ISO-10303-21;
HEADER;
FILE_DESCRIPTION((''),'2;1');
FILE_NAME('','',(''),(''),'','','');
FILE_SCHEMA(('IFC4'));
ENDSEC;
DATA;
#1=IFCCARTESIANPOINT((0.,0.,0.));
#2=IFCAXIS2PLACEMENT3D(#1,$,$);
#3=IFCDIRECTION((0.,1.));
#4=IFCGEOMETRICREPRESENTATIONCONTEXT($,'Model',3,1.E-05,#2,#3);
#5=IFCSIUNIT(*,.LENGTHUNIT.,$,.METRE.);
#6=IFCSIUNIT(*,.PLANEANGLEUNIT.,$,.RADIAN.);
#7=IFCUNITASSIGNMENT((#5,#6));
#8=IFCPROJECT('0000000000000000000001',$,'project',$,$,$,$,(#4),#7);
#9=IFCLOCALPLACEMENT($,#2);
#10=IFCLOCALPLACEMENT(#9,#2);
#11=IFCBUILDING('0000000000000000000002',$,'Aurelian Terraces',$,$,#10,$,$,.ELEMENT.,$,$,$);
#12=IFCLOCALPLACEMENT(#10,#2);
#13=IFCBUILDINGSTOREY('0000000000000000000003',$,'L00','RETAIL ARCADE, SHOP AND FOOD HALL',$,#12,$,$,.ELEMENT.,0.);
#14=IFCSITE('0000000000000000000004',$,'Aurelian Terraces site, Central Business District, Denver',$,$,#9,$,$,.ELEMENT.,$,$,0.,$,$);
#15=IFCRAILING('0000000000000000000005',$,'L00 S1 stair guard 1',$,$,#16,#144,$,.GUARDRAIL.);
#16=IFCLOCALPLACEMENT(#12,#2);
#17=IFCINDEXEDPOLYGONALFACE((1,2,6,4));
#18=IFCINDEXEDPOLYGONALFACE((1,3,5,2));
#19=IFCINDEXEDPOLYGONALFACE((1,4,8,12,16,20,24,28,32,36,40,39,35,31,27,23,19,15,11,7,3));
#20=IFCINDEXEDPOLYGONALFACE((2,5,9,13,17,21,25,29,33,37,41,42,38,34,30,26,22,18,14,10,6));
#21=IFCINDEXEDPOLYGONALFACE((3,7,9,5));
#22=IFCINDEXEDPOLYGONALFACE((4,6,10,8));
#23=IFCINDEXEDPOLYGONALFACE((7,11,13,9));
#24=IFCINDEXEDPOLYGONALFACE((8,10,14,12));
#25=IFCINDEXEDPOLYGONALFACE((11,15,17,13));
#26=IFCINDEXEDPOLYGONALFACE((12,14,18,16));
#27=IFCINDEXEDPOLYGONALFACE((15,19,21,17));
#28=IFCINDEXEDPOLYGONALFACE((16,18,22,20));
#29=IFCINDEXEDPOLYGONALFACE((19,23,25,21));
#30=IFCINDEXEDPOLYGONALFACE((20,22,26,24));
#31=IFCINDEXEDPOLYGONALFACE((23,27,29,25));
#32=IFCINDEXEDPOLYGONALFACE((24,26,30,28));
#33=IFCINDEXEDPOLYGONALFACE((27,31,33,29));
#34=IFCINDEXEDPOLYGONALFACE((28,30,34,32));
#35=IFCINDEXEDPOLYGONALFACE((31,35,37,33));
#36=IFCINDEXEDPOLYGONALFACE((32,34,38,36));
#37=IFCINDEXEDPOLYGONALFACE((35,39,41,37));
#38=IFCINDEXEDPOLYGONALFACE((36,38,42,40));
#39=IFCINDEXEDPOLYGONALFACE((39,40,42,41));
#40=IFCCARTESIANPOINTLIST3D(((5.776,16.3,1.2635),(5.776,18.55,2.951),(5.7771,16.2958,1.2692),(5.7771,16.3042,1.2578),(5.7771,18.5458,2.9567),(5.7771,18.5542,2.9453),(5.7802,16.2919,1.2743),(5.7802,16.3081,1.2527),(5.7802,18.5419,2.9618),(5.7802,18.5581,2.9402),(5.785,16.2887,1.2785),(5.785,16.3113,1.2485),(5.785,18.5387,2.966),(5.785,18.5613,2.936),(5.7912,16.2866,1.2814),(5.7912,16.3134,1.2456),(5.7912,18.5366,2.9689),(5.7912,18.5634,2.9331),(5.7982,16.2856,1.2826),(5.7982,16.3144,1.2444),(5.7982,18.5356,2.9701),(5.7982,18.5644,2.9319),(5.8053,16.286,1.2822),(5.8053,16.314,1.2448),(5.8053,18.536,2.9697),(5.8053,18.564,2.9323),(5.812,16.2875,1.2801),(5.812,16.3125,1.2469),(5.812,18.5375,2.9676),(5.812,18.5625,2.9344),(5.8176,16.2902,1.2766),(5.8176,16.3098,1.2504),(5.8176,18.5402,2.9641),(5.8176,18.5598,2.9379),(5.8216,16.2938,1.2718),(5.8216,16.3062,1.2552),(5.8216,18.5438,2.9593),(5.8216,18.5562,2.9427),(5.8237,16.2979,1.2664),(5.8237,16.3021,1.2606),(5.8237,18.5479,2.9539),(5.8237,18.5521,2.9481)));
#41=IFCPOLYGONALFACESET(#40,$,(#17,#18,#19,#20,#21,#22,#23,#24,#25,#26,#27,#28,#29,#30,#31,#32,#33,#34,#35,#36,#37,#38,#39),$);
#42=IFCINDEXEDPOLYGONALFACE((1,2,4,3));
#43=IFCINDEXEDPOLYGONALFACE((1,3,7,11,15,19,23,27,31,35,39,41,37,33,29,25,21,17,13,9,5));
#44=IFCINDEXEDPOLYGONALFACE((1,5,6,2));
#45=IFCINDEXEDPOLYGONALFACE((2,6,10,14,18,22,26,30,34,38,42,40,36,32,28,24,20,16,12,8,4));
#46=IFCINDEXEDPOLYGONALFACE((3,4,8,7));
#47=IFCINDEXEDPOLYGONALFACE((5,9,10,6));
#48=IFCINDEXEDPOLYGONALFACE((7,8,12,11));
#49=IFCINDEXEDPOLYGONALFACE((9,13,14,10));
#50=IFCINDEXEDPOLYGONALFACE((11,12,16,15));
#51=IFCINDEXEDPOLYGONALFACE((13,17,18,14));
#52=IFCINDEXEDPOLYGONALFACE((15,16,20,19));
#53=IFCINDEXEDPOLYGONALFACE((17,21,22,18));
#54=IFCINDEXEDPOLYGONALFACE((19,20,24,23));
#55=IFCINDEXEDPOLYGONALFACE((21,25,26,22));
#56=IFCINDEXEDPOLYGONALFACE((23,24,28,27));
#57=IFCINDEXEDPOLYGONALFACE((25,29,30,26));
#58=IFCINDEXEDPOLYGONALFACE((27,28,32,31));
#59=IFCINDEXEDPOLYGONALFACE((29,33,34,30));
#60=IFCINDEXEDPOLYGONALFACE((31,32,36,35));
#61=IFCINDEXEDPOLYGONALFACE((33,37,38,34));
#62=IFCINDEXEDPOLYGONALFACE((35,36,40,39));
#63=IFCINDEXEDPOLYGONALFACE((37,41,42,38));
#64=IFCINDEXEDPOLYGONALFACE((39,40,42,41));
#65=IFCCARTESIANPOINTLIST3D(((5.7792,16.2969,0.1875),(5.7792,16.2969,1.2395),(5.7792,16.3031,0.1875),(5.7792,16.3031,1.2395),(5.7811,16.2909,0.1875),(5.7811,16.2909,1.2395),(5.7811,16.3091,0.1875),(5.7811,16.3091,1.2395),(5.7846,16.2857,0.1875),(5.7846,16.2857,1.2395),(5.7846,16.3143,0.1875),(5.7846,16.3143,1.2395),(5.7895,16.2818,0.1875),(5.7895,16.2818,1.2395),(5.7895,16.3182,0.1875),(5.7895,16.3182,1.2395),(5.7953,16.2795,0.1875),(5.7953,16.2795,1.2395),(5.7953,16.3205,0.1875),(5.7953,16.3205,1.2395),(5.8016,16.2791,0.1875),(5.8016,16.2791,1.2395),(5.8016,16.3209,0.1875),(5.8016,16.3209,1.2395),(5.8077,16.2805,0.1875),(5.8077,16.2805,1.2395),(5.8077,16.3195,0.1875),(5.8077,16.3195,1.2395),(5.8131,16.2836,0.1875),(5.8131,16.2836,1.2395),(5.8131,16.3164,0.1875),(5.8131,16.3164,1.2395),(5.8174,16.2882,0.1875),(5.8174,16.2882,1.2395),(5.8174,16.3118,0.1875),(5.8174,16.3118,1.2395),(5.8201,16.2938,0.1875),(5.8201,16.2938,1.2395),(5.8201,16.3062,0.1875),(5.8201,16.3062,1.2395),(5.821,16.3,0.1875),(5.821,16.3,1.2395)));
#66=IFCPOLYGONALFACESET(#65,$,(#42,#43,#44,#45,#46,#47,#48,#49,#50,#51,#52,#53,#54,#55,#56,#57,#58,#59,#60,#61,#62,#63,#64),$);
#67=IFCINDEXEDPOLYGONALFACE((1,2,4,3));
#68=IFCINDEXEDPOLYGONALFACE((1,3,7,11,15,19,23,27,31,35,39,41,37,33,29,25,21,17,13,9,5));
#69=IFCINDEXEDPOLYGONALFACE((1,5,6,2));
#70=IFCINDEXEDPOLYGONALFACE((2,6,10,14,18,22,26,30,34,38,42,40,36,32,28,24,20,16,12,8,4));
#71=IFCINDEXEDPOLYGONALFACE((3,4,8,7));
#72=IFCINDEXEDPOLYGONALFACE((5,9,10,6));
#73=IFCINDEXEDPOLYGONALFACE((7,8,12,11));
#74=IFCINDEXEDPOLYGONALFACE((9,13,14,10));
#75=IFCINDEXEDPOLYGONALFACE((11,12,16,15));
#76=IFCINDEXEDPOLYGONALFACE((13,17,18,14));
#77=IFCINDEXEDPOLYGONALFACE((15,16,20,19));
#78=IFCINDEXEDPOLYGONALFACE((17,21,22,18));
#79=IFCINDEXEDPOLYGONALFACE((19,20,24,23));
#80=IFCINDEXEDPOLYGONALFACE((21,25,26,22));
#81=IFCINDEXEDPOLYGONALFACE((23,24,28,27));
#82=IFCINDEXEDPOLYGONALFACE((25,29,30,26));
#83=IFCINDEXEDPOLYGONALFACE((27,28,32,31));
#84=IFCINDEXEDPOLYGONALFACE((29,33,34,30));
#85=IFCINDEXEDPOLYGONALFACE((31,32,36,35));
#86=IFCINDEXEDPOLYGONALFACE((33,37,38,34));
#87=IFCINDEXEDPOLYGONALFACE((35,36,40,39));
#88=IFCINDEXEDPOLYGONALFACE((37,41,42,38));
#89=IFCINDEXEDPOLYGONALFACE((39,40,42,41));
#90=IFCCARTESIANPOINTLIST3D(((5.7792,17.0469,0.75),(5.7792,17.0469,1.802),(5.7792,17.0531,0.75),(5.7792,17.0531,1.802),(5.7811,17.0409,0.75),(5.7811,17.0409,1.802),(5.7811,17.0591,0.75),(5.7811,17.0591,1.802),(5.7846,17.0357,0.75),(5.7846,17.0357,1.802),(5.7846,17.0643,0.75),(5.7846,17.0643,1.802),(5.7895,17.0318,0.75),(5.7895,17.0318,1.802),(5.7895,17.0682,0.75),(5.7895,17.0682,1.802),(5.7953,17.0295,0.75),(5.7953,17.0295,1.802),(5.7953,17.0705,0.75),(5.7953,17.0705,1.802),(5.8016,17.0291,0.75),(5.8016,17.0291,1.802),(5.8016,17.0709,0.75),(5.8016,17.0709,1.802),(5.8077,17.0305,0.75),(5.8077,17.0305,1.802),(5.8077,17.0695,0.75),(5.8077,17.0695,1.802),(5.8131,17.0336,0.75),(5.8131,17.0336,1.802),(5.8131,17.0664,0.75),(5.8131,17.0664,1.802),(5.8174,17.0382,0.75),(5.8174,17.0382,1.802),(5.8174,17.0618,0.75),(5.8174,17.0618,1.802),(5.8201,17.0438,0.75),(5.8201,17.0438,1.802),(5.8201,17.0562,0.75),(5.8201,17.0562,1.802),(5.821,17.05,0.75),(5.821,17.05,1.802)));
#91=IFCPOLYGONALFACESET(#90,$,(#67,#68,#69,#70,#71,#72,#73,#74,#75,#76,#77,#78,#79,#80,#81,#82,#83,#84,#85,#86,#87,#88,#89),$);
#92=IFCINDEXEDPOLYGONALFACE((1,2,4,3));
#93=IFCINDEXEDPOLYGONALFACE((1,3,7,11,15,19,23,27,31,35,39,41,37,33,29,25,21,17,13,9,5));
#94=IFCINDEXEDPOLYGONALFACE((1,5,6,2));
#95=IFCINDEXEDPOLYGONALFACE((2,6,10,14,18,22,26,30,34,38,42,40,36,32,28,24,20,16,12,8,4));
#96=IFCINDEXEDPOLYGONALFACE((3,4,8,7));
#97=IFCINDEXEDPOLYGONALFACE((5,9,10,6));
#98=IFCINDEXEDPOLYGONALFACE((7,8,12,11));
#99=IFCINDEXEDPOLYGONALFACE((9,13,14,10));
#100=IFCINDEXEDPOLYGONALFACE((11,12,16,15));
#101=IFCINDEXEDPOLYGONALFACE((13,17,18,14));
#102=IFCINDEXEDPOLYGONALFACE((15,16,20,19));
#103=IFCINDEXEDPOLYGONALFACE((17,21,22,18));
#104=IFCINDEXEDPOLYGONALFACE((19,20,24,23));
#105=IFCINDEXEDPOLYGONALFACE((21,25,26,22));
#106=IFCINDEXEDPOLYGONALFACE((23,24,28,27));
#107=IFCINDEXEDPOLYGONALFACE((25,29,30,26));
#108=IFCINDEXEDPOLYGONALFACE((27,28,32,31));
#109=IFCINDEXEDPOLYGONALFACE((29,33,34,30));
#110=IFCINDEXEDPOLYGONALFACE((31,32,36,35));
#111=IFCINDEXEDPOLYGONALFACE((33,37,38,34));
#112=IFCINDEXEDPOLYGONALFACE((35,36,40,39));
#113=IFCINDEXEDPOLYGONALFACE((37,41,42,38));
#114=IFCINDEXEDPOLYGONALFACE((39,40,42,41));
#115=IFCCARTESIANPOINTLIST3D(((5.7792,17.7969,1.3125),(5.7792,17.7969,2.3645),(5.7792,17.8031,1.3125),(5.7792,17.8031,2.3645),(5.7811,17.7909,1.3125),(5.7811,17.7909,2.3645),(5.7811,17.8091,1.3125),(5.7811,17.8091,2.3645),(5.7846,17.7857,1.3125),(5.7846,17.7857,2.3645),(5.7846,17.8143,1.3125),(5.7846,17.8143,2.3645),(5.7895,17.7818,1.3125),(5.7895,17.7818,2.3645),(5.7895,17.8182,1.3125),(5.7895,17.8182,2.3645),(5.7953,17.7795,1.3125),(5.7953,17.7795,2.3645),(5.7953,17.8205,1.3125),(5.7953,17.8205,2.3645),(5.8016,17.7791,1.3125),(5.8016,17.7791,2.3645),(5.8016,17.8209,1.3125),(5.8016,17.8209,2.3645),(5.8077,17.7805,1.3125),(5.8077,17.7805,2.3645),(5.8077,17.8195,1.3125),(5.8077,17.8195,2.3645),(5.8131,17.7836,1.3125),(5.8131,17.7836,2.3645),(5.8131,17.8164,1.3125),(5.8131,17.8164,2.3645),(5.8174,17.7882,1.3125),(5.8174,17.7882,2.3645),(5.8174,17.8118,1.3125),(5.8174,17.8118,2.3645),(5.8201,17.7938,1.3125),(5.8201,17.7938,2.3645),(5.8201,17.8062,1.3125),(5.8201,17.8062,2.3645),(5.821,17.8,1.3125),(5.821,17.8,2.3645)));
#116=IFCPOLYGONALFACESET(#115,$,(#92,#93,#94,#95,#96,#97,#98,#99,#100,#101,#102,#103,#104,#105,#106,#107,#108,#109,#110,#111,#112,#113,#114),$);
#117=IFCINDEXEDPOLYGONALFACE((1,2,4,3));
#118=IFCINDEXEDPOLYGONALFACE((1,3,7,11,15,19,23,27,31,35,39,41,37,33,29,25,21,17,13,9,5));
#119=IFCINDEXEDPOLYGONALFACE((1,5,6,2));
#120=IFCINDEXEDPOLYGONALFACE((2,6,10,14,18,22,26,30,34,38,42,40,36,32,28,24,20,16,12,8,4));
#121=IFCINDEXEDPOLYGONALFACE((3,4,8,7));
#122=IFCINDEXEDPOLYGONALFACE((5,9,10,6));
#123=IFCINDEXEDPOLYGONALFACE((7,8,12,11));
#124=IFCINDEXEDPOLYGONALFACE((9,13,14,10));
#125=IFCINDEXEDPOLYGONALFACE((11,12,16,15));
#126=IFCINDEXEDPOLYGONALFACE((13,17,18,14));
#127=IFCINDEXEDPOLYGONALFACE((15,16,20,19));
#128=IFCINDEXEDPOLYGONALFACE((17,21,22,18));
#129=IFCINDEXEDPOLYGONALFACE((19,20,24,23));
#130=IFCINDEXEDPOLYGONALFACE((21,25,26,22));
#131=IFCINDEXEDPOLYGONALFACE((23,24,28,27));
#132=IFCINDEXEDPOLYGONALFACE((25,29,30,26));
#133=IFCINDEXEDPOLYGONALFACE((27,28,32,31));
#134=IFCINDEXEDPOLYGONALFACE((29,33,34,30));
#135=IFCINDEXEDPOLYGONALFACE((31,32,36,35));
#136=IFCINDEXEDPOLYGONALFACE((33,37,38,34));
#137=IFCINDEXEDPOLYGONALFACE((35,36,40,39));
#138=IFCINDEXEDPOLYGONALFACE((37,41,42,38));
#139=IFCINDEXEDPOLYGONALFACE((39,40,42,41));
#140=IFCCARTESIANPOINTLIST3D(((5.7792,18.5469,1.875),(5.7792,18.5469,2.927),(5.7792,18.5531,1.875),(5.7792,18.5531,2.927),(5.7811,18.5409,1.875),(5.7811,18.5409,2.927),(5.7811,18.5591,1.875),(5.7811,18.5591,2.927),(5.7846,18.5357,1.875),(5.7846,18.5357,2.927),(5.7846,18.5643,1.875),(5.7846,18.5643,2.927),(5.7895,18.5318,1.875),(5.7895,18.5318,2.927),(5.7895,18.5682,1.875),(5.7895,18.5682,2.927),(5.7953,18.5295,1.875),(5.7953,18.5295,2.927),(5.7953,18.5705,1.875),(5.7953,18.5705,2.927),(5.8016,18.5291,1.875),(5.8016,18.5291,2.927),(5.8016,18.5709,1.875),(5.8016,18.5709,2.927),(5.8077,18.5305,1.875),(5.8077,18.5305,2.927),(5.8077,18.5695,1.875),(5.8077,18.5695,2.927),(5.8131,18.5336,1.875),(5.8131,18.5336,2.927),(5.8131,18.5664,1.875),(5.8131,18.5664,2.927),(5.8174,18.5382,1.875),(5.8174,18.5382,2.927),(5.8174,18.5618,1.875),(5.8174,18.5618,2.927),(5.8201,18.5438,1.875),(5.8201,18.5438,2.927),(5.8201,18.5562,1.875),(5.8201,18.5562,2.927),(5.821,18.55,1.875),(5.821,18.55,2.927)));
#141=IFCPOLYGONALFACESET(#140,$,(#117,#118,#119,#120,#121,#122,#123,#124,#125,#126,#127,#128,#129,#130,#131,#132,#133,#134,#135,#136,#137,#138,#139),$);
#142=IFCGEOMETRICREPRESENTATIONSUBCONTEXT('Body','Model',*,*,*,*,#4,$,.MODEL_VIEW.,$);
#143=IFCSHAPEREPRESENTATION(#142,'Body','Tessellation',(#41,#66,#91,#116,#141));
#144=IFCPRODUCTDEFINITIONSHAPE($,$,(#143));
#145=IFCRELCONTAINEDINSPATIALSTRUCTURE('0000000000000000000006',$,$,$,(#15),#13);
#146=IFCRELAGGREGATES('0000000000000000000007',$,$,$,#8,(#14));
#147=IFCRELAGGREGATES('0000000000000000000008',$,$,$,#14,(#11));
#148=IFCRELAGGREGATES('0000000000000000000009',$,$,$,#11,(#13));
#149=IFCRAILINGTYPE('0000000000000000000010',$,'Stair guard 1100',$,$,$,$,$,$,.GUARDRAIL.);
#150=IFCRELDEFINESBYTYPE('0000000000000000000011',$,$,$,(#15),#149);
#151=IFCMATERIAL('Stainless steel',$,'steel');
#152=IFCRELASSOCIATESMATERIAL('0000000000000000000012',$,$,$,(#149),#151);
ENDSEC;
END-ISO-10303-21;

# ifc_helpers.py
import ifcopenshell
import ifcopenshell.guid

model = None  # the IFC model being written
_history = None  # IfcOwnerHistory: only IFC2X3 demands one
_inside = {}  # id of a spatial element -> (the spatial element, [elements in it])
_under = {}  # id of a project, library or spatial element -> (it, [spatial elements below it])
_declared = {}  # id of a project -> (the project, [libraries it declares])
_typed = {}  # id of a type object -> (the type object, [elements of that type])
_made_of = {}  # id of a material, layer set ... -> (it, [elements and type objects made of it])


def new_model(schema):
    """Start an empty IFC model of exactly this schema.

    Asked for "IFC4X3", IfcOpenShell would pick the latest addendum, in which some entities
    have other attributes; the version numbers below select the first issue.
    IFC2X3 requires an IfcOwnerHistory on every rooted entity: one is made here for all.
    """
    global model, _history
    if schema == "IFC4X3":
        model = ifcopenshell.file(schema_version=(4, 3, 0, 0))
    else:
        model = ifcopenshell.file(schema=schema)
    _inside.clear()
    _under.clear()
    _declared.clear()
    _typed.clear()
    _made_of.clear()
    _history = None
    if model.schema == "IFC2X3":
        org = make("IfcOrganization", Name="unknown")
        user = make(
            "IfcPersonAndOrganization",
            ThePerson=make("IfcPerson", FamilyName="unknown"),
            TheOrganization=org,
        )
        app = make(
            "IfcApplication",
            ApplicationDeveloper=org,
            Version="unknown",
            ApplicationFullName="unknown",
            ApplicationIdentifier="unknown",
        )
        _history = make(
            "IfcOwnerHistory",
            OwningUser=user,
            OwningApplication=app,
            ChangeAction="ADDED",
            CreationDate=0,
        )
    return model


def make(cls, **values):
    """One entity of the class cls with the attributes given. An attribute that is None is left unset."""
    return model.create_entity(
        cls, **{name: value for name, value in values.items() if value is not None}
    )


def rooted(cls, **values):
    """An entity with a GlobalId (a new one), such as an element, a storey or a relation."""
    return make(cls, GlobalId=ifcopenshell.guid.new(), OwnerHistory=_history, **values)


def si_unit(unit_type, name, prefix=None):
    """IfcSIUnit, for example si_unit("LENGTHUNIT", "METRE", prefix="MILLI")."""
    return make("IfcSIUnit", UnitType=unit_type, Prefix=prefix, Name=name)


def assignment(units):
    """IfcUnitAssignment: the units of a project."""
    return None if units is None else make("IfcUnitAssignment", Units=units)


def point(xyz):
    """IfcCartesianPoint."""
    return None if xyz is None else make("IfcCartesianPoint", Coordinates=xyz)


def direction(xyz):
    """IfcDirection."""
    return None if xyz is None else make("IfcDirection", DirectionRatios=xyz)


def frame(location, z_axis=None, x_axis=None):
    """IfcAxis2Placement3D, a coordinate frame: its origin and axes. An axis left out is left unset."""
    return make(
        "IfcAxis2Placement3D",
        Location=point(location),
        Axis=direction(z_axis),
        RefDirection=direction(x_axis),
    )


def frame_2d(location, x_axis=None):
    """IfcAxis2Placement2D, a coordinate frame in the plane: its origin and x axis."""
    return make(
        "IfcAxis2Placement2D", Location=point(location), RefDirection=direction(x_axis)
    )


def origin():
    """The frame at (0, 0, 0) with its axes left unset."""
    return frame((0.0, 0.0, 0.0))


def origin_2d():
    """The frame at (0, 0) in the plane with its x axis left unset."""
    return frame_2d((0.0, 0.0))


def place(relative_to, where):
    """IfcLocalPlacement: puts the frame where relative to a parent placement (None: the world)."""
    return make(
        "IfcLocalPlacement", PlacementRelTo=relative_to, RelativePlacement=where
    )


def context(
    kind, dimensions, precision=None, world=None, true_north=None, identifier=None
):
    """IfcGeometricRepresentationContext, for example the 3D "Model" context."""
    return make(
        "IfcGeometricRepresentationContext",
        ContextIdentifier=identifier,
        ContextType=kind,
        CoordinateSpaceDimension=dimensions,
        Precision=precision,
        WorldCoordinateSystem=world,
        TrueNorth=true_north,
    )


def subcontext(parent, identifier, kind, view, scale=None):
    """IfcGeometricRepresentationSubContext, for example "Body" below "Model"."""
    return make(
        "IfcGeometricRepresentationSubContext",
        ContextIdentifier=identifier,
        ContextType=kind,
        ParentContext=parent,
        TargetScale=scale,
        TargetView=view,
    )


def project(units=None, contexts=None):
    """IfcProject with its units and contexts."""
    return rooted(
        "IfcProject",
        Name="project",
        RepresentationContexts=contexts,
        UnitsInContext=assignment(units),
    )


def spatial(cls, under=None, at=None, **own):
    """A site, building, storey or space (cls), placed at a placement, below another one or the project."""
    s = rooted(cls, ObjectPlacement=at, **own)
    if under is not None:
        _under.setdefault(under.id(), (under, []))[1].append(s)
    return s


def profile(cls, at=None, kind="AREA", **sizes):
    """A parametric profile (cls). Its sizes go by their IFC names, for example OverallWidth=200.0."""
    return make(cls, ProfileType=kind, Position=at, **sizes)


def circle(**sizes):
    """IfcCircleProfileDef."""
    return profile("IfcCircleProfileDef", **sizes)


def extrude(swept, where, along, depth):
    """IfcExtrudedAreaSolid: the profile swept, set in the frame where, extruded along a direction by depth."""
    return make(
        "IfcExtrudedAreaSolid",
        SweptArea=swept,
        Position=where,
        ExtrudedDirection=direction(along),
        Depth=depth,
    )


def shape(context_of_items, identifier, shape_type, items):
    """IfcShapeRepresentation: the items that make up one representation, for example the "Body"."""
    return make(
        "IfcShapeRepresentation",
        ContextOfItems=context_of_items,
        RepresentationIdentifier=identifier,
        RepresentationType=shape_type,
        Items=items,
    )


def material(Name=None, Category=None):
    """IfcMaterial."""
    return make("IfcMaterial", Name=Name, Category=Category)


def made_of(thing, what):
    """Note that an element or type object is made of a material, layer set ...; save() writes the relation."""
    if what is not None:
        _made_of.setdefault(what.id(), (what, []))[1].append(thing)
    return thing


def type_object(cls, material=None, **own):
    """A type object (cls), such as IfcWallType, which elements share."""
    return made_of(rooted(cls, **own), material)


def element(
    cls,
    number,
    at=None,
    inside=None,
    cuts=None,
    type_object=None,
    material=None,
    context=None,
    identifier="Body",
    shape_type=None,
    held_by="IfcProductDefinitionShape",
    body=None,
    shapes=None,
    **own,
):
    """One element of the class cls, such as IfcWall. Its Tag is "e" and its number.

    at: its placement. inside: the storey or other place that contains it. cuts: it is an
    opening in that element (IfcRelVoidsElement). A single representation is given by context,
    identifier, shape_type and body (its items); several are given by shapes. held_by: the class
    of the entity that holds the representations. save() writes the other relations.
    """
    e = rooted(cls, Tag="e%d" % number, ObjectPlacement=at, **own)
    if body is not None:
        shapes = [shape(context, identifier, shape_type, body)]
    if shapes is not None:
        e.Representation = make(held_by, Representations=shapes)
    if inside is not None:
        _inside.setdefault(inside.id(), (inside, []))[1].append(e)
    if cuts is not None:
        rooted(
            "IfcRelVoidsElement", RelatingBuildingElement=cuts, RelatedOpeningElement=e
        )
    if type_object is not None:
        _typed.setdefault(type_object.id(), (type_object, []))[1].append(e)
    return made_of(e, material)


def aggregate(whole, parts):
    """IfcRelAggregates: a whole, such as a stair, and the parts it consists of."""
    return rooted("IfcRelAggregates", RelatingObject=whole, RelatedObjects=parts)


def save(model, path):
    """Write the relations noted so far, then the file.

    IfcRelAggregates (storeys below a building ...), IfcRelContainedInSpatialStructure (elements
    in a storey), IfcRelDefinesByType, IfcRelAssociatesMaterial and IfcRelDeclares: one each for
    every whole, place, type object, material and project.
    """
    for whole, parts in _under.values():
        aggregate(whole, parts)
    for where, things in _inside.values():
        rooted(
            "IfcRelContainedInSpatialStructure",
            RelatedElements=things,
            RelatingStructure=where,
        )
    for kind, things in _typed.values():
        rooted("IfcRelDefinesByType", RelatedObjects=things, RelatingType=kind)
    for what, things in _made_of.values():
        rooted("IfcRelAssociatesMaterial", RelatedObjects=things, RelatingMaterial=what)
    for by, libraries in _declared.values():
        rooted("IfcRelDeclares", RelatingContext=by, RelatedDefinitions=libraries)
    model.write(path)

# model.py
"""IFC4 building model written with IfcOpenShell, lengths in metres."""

from ifc_helpers import new_model, si_unit, direction, frame, origin, origin_2d, place, context, subcontext, project, spatial, circle, extrude, material, type_object, element, save


model = new_model("IFC4")

# Units and contexts
model_context = context("Model", 3, precision=1e-05, world=origin(), true_north=direction((0.0, 1.0)))
body_context = subcontext(model_context, "Body", "Model", "MODEL_VIEW")
ifc_project = project(units=[si_unit("LENGTHUNIT", "METRE"), si_unit("PLANEANGLEUNIT", "RADIAN")], contexts=[model_context])

# Site, building, storey
site_placement = place(None, origin())
site = spatial("IfcSite", under=ifc_project, at=site_placement, Name="Aurelian Terraces site, Central Business District, Denver", CompositionType="ELEMENT", RefElevation=0.0)
building_placement = place(site_placement, origin())
building = spatial("IfcBuilding", under=site, at=building_placement, Name="Aurelian Terraces", CompositionType="ELEMENT")
storey_placement = place(building_placement, origin())
storey = spatial("IfcBuildingStorey", under=building, at=storey_placement, Name="L00", Description="RETAIL ARCADE, SHOP AND FOOD HALL", CompositionType="ELEMENT", Elevation=0.0)

# Shared definitions
ifc_material_1 = material(Name="Stainless steel", Category="steel")

# Railing
railing_type = type_object("IfcRailingType", Name="Stair guard 1100", PredefinedType="GUARDRAIL", material=ifc_material_1)
railing_1_placement = place(storey_placement, frame((5.8, 16.3, 0.1875)))
element("IfcRailing", 1, at=railing_1_placement, inside=storey, type_object=railing_type, Name="L00 S1 stair guard 1", PredefinedType="GUARDRAIL", context=body_context, shape_type="SweptSolid", body=[
    extrude(circle(Radius=0.024, at=origin_2d()), frame((0.0, 0.0, 1.076), z_axis=(0.0, 0.8, 0.6), x_axis=(-1.0, 0.0, 0.0)), (0.0, 0.0, 1.0), 2.8125),
    extrude(circle(Radius=0.021, at=origin_2d()), origin(), (0.0, 0.0, 1.0), 1.052),
    extrude(circle(Radius=0.021, at=origin_2d()), frame((0.0, 0.75, 0.5625)), (0.0, 0.0, 1.0), 1.052),
    extrude(circle(Radius=0.021, at=origin_2d()), frame((0.0, 1.5, 1.125)), (0.0, 0.0, 1.0), 1.052),
    extrude(circle(Radius=0.021, at=origin_2d()), frame((0.0, 2.25, 1.6875)), (0.0, 0.0, 1.0), 1.052),
])

save(model, "model.ifc")
